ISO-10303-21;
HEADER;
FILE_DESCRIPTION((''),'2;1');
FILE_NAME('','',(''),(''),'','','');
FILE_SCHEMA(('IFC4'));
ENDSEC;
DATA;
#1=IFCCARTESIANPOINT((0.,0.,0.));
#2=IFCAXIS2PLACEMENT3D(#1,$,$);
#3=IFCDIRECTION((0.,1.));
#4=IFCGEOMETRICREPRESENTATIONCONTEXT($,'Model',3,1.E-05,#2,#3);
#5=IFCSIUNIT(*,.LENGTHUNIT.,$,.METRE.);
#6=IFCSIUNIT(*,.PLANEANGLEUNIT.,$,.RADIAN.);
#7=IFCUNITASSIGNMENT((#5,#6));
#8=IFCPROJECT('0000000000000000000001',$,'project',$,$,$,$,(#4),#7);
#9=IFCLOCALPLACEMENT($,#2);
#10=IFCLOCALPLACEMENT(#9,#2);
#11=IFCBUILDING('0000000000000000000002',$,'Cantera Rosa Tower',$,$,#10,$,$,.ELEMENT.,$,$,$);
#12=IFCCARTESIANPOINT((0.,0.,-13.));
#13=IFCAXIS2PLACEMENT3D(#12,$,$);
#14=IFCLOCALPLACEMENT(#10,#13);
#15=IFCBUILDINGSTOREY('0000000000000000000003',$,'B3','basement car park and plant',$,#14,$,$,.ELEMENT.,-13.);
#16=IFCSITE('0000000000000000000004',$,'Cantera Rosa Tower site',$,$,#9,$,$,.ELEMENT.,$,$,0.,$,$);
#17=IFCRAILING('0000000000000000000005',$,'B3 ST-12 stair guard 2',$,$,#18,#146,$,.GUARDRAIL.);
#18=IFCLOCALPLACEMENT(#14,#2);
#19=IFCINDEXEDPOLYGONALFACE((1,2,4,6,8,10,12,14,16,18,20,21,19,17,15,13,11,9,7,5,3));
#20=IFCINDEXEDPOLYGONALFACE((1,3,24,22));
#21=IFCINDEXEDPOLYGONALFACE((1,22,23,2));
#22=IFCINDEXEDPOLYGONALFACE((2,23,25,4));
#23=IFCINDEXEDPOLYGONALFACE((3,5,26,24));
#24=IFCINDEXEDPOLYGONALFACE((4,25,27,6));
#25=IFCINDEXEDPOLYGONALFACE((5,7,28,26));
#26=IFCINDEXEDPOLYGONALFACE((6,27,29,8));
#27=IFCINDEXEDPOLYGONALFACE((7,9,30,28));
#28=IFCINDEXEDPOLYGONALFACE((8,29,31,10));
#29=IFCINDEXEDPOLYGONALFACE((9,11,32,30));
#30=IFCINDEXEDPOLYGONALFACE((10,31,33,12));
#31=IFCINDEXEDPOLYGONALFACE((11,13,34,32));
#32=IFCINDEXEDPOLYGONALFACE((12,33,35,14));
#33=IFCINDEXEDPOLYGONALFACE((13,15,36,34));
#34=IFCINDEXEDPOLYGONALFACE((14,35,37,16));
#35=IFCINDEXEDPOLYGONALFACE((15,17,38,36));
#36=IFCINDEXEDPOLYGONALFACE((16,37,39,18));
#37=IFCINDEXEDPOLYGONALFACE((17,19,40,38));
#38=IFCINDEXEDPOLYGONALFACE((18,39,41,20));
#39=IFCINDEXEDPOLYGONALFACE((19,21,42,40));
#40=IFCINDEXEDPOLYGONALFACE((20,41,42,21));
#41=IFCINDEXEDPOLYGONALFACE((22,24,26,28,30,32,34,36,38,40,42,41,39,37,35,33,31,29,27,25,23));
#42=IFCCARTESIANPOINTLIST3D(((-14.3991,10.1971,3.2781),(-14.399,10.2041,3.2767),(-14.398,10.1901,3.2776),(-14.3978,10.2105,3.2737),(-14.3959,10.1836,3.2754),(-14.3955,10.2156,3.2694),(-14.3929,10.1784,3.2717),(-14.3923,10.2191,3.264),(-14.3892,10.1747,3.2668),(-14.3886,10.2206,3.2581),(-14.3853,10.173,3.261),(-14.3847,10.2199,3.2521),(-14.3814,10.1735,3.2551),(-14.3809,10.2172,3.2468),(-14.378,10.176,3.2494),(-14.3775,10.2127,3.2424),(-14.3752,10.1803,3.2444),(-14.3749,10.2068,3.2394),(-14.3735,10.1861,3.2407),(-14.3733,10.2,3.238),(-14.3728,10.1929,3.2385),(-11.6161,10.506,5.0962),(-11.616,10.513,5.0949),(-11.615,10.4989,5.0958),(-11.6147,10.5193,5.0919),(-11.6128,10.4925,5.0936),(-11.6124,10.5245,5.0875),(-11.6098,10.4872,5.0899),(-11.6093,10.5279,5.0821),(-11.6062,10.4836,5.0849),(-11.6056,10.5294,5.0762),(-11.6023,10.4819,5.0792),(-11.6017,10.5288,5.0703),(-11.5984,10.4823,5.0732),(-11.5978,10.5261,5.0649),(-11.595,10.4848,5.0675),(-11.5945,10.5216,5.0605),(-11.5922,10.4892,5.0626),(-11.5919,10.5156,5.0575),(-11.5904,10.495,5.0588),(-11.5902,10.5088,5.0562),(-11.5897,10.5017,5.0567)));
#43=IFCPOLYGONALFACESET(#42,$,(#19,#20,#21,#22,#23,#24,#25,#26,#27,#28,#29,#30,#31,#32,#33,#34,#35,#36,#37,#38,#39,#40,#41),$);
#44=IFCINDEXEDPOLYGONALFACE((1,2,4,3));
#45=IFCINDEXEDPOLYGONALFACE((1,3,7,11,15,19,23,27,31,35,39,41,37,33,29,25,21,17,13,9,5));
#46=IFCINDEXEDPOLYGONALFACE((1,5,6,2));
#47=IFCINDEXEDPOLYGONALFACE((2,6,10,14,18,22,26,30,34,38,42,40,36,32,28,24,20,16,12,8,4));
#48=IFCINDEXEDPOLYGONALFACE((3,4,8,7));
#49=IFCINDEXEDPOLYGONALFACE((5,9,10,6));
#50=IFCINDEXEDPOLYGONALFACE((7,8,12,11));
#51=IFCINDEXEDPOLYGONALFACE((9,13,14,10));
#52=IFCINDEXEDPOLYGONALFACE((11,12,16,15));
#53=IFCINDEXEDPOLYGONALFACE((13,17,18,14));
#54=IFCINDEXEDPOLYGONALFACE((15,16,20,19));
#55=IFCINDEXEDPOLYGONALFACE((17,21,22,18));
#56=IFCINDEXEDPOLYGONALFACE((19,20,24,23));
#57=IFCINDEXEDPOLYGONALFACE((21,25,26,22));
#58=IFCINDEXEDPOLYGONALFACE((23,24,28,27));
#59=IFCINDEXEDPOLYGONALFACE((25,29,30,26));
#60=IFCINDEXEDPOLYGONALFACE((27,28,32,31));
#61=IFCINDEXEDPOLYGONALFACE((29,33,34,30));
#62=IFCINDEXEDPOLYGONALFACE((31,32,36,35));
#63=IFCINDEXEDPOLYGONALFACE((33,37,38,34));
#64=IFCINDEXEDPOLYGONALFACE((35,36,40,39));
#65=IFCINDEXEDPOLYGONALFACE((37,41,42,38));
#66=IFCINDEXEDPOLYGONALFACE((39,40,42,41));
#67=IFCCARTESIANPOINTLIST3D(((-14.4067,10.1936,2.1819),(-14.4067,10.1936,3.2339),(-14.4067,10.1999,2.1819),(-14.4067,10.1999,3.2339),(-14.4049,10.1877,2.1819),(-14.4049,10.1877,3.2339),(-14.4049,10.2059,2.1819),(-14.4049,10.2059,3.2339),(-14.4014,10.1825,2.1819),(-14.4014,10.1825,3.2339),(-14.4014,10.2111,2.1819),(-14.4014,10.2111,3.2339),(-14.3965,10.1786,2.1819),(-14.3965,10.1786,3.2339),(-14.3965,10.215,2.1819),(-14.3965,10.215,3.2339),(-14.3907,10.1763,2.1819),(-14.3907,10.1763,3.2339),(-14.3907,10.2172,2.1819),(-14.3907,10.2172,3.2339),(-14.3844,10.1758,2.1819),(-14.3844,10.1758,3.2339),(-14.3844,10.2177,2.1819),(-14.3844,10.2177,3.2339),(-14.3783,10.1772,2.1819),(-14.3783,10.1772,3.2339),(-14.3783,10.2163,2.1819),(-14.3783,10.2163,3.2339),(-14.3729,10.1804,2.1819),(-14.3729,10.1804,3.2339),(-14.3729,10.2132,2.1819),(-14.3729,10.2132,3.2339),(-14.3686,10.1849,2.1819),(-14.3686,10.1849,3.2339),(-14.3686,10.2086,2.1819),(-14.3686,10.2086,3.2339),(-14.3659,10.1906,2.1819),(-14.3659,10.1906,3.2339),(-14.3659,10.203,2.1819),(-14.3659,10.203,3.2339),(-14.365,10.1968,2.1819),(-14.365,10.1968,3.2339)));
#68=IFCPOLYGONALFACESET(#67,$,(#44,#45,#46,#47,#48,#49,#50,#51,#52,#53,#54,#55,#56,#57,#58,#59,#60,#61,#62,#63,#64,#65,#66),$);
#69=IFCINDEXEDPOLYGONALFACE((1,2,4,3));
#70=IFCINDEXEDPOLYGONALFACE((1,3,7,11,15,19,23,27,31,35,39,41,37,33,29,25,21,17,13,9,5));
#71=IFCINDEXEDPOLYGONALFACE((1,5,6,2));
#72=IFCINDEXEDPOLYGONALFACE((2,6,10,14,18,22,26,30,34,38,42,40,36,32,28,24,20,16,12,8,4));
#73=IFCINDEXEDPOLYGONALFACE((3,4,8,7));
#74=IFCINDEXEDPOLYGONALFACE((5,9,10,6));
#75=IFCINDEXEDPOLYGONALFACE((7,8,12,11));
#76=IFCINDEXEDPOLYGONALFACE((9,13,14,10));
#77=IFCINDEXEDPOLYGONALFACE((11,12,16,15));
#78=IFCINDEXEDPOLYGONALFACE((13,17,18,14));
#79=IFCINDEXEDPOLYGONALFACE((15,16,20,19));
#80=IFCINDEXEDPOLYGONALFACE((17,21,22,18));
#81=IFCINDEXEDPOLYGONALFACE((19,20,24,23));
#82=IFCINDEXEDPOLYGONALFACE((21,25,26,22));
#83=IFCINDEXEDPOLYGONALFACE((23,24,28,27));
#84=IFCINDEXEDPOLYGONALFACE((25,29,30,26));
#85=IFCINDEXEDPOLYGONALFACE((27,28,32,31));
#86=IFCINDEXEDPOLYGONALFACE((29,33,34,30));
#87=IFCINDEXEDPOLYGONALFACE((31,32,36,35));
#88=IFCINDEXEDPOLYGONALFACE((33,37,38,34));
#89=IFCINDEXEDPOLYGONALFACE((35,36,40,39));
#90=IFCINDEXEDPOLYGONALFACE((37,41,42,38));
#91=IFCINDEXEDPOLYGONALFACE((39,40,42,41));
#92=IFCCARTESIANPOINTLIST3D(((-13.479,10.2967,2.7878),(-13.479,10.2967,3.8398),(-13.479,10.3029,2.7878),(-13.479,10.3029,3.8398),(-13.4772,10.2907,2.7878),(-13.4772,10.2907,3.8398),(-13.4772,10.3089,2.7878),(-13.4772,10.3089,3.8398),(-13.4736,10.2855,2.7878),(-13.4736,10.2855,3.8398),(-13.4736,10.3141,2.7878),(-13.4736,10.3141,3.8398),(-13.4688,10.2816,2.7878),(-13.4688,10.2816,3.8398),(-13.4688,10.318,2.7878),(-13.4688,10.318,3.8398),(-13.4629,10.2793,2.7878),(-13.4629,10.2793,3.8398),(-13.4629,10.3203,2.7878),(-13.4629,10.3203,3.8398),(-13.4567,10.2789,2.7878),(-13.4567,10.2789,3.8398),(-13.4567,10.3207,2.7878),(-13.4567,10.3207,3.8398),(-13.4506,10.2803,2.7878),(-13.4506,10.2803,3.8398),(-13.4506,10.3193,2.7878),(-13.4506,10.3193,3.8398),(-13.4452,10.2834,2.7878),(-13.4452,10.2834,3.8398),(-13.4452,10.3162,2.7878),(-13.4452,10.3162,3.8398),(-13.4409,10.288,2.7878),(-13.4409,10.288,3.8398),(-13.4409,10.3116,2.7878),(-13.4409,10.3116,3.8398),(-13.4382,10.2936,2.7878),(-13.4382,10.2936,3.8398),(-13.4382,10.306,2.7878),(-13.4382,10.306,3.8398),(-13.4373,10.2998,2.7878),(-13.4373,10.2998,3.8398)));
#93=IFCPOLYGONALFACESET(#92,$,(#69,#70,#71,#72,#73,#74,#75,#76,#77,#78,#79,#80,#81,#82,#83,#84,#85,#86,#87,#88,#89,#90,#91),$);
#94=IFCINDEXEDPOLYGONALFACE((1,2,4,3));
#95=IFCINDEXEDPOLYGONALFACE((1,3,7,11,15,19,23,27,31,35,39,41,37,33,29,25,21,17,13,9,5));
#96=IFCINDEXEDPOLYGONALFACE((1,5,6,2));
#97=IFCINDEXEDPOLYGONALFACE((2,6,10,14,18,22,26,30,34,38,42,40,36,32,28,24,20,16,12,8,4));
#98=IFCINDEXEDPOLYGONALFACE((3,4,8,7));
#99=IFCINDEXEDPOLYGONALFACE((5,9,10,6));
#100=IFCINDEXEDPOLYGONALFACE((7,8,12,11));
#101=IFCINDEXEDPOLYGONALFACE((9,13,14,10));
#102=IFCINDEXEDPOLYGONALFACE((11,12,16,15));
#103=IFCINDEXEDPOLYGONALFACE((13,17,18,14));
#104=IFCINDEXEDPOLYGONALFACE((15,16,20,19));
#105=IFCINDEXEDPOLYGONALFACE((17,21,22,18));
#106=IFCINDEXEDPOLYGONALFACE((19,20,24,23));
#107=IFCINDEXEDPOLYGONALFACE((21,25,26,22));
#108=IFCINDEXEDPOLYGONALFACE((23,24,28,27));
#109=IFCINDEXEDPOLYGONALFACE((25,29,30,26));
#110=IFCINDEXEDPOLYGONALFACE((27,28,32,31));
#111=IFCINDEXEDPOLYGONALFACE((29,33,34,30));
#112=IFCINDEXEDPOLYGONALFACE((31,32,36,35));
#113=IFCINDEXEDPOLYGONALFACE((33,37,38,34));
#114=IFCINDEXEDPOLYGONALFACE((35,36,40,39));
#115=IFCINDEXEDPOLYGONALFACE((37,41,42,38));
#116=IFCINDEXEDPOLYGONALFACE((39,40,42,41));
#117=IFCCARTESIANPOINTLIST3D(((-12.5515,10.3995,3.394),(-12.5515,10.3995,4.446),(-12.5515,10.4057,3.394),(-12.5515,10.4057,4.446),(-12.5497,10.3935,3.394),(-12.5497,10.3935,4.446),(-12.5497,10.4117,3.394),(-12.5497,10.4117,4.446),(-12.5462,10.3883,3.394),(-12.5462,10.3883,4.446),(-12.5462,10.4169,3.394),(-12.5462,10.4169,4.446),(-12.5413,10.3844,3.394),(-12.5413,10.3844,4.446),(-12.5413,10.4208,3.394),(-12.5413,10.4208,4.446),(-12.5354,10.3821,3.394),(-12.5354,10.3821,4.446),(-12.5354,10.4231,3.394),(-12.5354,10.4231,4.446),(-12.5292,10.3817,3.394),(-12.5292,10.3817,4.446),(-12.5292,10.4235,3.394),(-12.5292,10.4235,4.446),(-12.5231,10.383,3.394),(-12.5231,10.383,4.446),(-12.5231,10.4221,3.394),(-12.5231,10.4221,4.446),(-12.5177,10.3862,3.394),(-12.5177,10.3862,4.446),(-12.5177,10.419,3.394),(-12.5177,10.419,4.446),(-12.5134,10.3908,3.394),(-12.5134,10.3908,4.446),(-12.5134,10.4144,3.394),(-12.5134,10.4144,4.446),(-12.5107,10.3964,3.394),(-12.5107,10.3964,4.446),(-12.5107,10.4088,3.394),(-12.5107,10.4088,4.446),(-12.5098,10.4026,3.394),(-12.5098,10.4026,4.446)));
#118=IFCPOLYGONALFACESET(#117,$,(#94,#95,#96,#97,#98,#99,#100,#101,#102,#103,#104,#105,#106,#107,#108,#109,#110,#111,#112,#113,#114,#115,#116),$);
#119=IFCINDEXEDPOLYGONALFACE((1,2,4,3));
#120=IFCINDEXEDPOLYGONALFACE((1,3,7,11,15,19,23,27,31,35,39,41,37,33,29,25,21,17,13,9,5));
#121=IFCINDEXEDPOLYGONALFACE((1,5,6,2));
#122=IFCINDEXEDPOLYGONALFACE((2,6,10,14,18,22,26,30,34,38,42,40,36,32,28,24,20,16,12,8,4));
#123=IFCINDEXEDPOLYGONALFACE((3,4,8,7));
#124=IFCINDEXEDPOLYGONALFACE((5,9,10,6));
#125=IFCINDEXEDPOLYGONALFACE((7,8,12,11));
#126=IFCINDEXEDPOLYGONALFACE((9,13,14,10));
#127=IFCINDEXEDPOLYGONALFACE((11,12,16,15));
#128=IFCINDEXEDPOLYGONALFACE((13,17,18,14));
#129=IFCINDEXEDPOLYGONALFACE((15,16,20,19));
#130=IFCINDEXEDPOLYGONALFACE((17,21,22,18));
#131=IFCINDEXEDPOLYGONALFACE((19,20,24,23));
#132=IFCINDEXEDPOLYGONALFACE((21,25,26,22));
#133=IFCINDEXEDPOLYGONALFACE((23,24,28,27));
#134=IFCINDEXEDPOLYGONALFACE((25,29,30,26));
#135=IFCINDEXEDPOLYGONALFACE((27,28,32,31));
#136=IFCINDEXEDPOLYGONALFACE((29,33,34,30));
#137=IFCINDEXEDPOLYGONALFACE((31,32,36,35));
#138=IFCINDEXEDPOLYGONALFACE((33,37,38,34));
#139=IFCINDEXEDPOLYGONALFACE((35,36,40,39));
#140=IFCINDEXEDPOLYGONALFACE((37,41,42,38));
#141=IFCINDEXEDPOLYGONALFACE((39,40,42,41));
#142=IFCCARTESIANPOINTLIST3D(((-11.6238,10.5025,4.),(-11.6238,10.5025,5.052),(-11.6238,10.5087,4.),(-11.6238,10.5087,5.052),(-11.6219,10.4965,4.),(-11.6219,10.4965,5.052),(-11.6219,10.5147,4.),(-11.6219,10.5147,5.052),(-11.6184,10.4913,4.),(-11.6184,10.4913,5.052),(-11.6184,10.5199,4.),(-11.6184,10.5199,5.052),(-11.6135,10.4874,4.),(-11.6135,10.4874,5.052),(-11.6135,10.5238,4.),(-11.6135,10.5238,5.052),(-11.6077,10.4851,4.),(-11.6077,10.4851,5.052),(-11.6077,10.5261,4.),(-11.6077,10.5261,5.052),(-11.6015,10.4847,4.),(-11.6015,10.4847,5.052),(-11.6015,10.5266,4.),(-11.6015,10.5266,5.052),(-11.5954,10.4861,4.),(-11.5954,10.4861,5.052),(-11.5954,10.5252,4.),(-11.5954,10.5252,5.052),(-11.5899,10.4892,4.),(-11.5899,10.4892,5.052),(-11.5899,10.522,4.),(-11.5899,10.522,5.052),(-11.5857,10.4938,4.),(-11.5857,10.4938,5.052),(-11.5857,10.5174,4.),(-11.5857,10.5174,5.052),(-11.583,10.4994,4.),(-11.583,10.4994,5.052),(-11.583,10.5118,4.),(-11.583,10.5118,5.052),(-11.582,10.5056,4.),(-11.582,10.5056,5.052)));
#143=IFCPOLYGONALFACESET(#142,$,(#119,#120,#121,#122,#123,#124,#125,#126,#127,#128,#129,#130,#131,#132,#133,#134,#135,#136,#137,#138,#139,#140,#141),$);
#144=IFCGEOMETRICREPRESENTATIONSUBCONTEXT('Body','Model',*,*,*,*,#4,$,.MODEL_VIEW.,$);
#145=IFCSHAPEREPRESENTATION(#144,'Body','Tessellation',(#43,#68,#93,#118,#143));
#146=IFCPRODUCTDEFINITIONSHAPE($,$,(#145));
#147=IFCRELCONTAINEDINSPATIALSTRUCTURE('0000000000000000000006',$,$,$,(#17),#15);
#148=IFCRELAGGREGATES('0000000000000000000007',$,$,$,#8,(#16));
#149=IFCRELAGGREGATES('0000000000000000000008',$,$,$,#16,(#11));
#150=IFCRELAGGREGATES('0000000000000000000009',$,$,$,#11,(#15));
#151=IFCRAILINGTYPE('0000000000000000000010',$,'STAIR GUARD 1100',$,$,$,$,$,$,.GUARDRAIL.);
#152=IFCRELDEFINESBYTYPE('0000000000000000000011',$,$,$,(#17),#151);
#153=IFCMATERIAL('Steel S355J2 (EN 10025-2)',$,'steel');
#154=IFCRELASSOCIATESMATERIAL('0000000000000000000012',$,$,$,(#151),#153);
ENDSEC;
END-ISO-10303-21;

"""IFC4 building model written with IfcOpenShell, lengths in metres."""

from ifc_helpers import new_model, si_unit, direction, frame, origin, origin_2d, place, context, subcontext, project, spatial, circle, extrude, material, type_object, element, save


model = new_model("IFC4")

# Units and contexts
model_context = context("Model", 3, precision=1e-05, world=origin(), true_north=direction((0.0, 1.0)))
body_context = subcontext(model_context, "Body", "Model", "MODEL_VIEW")
ifc_project = project(units=[si_unit("LENGTHUNIT", "METRE"), si_unit("PLANEANGLEUNIT", "RADIAN")], contexts=[model_context])

# Site, building, storey
site_placement = place(None, origin())
site = spatial("IfcSite", under=ifc_project, at=site_placement, Name="Cantera Rosa Tower site", CompositionType="ELEMENT", RefElevation=0.0)
building_placement = place(site_placement, origin())
building = spatial("IfcBuilding", under=site, at=building_placement, Name="Cantera Rosa Tower", CompositionType="ELEMENT")
storey_placement = place(building_placement, frame((0.0, 0.0, -13.0)))
storey = spatial("IfcBuildingStorey", under=building, at=storey_placement, Name="B3", Description="basement car park and plant", CompositionType="ELEMENT", Elevation=-13.0)

# Railing
ifc_material_1 = material(Name="Steel S355J2 (EN 10025-2)", Category="steel")
railing_type_1 = type_object("IfcRailingType", Name="STAIR GUARD 1100", PredefinedType="GUARDRAIL", material=ifc_material_1)
railing_1_placement = place(storey_placement, frame((-14.386, 10.1968, 2.1819)))
element("IfcRailing", 1, at=railing_1_placement, inside=storey, type_object=railing_type_1, Name="B3 ST-12 stair guard 2", PredefinedType="GUARDRAIL", context=body_context, shape_type="SweptSolid", body=[
    extrude(circle(Radius=0.0239, at=origin_2d()), frame((0.0, 0.0, 1.0762), z_axis=(0.833588, 0.092507, 0.544586), x_axis=(-0.110298, 0.993899, 0.0)), (0.0, 0.0, 1.0), 3.3386),
    extrude(circle(Radius=0.021, at=origin_2d()), origin(), (0.0, 0.0, 1.0), 1.052),
    extrude(circle(Radius=0.021, at=origin_2d()), frame((0.9277, 0.103, 0.606)), (0.0, 0.0, 1.0), 1.052),
    extrude(circle(Radius=0.021, at=origin_2d()), frame((1.8552, 0.2058, 1.2122)), (0.0, 0.0, 1.0), 1.052),
    extrude(circle(Radius=0.021, at=origin_2d()), frame((2.783, 0.3088, 1.8181)), (0.0, 0.0, 1.0), 1.052),
])

save(model, "model.ifc")
